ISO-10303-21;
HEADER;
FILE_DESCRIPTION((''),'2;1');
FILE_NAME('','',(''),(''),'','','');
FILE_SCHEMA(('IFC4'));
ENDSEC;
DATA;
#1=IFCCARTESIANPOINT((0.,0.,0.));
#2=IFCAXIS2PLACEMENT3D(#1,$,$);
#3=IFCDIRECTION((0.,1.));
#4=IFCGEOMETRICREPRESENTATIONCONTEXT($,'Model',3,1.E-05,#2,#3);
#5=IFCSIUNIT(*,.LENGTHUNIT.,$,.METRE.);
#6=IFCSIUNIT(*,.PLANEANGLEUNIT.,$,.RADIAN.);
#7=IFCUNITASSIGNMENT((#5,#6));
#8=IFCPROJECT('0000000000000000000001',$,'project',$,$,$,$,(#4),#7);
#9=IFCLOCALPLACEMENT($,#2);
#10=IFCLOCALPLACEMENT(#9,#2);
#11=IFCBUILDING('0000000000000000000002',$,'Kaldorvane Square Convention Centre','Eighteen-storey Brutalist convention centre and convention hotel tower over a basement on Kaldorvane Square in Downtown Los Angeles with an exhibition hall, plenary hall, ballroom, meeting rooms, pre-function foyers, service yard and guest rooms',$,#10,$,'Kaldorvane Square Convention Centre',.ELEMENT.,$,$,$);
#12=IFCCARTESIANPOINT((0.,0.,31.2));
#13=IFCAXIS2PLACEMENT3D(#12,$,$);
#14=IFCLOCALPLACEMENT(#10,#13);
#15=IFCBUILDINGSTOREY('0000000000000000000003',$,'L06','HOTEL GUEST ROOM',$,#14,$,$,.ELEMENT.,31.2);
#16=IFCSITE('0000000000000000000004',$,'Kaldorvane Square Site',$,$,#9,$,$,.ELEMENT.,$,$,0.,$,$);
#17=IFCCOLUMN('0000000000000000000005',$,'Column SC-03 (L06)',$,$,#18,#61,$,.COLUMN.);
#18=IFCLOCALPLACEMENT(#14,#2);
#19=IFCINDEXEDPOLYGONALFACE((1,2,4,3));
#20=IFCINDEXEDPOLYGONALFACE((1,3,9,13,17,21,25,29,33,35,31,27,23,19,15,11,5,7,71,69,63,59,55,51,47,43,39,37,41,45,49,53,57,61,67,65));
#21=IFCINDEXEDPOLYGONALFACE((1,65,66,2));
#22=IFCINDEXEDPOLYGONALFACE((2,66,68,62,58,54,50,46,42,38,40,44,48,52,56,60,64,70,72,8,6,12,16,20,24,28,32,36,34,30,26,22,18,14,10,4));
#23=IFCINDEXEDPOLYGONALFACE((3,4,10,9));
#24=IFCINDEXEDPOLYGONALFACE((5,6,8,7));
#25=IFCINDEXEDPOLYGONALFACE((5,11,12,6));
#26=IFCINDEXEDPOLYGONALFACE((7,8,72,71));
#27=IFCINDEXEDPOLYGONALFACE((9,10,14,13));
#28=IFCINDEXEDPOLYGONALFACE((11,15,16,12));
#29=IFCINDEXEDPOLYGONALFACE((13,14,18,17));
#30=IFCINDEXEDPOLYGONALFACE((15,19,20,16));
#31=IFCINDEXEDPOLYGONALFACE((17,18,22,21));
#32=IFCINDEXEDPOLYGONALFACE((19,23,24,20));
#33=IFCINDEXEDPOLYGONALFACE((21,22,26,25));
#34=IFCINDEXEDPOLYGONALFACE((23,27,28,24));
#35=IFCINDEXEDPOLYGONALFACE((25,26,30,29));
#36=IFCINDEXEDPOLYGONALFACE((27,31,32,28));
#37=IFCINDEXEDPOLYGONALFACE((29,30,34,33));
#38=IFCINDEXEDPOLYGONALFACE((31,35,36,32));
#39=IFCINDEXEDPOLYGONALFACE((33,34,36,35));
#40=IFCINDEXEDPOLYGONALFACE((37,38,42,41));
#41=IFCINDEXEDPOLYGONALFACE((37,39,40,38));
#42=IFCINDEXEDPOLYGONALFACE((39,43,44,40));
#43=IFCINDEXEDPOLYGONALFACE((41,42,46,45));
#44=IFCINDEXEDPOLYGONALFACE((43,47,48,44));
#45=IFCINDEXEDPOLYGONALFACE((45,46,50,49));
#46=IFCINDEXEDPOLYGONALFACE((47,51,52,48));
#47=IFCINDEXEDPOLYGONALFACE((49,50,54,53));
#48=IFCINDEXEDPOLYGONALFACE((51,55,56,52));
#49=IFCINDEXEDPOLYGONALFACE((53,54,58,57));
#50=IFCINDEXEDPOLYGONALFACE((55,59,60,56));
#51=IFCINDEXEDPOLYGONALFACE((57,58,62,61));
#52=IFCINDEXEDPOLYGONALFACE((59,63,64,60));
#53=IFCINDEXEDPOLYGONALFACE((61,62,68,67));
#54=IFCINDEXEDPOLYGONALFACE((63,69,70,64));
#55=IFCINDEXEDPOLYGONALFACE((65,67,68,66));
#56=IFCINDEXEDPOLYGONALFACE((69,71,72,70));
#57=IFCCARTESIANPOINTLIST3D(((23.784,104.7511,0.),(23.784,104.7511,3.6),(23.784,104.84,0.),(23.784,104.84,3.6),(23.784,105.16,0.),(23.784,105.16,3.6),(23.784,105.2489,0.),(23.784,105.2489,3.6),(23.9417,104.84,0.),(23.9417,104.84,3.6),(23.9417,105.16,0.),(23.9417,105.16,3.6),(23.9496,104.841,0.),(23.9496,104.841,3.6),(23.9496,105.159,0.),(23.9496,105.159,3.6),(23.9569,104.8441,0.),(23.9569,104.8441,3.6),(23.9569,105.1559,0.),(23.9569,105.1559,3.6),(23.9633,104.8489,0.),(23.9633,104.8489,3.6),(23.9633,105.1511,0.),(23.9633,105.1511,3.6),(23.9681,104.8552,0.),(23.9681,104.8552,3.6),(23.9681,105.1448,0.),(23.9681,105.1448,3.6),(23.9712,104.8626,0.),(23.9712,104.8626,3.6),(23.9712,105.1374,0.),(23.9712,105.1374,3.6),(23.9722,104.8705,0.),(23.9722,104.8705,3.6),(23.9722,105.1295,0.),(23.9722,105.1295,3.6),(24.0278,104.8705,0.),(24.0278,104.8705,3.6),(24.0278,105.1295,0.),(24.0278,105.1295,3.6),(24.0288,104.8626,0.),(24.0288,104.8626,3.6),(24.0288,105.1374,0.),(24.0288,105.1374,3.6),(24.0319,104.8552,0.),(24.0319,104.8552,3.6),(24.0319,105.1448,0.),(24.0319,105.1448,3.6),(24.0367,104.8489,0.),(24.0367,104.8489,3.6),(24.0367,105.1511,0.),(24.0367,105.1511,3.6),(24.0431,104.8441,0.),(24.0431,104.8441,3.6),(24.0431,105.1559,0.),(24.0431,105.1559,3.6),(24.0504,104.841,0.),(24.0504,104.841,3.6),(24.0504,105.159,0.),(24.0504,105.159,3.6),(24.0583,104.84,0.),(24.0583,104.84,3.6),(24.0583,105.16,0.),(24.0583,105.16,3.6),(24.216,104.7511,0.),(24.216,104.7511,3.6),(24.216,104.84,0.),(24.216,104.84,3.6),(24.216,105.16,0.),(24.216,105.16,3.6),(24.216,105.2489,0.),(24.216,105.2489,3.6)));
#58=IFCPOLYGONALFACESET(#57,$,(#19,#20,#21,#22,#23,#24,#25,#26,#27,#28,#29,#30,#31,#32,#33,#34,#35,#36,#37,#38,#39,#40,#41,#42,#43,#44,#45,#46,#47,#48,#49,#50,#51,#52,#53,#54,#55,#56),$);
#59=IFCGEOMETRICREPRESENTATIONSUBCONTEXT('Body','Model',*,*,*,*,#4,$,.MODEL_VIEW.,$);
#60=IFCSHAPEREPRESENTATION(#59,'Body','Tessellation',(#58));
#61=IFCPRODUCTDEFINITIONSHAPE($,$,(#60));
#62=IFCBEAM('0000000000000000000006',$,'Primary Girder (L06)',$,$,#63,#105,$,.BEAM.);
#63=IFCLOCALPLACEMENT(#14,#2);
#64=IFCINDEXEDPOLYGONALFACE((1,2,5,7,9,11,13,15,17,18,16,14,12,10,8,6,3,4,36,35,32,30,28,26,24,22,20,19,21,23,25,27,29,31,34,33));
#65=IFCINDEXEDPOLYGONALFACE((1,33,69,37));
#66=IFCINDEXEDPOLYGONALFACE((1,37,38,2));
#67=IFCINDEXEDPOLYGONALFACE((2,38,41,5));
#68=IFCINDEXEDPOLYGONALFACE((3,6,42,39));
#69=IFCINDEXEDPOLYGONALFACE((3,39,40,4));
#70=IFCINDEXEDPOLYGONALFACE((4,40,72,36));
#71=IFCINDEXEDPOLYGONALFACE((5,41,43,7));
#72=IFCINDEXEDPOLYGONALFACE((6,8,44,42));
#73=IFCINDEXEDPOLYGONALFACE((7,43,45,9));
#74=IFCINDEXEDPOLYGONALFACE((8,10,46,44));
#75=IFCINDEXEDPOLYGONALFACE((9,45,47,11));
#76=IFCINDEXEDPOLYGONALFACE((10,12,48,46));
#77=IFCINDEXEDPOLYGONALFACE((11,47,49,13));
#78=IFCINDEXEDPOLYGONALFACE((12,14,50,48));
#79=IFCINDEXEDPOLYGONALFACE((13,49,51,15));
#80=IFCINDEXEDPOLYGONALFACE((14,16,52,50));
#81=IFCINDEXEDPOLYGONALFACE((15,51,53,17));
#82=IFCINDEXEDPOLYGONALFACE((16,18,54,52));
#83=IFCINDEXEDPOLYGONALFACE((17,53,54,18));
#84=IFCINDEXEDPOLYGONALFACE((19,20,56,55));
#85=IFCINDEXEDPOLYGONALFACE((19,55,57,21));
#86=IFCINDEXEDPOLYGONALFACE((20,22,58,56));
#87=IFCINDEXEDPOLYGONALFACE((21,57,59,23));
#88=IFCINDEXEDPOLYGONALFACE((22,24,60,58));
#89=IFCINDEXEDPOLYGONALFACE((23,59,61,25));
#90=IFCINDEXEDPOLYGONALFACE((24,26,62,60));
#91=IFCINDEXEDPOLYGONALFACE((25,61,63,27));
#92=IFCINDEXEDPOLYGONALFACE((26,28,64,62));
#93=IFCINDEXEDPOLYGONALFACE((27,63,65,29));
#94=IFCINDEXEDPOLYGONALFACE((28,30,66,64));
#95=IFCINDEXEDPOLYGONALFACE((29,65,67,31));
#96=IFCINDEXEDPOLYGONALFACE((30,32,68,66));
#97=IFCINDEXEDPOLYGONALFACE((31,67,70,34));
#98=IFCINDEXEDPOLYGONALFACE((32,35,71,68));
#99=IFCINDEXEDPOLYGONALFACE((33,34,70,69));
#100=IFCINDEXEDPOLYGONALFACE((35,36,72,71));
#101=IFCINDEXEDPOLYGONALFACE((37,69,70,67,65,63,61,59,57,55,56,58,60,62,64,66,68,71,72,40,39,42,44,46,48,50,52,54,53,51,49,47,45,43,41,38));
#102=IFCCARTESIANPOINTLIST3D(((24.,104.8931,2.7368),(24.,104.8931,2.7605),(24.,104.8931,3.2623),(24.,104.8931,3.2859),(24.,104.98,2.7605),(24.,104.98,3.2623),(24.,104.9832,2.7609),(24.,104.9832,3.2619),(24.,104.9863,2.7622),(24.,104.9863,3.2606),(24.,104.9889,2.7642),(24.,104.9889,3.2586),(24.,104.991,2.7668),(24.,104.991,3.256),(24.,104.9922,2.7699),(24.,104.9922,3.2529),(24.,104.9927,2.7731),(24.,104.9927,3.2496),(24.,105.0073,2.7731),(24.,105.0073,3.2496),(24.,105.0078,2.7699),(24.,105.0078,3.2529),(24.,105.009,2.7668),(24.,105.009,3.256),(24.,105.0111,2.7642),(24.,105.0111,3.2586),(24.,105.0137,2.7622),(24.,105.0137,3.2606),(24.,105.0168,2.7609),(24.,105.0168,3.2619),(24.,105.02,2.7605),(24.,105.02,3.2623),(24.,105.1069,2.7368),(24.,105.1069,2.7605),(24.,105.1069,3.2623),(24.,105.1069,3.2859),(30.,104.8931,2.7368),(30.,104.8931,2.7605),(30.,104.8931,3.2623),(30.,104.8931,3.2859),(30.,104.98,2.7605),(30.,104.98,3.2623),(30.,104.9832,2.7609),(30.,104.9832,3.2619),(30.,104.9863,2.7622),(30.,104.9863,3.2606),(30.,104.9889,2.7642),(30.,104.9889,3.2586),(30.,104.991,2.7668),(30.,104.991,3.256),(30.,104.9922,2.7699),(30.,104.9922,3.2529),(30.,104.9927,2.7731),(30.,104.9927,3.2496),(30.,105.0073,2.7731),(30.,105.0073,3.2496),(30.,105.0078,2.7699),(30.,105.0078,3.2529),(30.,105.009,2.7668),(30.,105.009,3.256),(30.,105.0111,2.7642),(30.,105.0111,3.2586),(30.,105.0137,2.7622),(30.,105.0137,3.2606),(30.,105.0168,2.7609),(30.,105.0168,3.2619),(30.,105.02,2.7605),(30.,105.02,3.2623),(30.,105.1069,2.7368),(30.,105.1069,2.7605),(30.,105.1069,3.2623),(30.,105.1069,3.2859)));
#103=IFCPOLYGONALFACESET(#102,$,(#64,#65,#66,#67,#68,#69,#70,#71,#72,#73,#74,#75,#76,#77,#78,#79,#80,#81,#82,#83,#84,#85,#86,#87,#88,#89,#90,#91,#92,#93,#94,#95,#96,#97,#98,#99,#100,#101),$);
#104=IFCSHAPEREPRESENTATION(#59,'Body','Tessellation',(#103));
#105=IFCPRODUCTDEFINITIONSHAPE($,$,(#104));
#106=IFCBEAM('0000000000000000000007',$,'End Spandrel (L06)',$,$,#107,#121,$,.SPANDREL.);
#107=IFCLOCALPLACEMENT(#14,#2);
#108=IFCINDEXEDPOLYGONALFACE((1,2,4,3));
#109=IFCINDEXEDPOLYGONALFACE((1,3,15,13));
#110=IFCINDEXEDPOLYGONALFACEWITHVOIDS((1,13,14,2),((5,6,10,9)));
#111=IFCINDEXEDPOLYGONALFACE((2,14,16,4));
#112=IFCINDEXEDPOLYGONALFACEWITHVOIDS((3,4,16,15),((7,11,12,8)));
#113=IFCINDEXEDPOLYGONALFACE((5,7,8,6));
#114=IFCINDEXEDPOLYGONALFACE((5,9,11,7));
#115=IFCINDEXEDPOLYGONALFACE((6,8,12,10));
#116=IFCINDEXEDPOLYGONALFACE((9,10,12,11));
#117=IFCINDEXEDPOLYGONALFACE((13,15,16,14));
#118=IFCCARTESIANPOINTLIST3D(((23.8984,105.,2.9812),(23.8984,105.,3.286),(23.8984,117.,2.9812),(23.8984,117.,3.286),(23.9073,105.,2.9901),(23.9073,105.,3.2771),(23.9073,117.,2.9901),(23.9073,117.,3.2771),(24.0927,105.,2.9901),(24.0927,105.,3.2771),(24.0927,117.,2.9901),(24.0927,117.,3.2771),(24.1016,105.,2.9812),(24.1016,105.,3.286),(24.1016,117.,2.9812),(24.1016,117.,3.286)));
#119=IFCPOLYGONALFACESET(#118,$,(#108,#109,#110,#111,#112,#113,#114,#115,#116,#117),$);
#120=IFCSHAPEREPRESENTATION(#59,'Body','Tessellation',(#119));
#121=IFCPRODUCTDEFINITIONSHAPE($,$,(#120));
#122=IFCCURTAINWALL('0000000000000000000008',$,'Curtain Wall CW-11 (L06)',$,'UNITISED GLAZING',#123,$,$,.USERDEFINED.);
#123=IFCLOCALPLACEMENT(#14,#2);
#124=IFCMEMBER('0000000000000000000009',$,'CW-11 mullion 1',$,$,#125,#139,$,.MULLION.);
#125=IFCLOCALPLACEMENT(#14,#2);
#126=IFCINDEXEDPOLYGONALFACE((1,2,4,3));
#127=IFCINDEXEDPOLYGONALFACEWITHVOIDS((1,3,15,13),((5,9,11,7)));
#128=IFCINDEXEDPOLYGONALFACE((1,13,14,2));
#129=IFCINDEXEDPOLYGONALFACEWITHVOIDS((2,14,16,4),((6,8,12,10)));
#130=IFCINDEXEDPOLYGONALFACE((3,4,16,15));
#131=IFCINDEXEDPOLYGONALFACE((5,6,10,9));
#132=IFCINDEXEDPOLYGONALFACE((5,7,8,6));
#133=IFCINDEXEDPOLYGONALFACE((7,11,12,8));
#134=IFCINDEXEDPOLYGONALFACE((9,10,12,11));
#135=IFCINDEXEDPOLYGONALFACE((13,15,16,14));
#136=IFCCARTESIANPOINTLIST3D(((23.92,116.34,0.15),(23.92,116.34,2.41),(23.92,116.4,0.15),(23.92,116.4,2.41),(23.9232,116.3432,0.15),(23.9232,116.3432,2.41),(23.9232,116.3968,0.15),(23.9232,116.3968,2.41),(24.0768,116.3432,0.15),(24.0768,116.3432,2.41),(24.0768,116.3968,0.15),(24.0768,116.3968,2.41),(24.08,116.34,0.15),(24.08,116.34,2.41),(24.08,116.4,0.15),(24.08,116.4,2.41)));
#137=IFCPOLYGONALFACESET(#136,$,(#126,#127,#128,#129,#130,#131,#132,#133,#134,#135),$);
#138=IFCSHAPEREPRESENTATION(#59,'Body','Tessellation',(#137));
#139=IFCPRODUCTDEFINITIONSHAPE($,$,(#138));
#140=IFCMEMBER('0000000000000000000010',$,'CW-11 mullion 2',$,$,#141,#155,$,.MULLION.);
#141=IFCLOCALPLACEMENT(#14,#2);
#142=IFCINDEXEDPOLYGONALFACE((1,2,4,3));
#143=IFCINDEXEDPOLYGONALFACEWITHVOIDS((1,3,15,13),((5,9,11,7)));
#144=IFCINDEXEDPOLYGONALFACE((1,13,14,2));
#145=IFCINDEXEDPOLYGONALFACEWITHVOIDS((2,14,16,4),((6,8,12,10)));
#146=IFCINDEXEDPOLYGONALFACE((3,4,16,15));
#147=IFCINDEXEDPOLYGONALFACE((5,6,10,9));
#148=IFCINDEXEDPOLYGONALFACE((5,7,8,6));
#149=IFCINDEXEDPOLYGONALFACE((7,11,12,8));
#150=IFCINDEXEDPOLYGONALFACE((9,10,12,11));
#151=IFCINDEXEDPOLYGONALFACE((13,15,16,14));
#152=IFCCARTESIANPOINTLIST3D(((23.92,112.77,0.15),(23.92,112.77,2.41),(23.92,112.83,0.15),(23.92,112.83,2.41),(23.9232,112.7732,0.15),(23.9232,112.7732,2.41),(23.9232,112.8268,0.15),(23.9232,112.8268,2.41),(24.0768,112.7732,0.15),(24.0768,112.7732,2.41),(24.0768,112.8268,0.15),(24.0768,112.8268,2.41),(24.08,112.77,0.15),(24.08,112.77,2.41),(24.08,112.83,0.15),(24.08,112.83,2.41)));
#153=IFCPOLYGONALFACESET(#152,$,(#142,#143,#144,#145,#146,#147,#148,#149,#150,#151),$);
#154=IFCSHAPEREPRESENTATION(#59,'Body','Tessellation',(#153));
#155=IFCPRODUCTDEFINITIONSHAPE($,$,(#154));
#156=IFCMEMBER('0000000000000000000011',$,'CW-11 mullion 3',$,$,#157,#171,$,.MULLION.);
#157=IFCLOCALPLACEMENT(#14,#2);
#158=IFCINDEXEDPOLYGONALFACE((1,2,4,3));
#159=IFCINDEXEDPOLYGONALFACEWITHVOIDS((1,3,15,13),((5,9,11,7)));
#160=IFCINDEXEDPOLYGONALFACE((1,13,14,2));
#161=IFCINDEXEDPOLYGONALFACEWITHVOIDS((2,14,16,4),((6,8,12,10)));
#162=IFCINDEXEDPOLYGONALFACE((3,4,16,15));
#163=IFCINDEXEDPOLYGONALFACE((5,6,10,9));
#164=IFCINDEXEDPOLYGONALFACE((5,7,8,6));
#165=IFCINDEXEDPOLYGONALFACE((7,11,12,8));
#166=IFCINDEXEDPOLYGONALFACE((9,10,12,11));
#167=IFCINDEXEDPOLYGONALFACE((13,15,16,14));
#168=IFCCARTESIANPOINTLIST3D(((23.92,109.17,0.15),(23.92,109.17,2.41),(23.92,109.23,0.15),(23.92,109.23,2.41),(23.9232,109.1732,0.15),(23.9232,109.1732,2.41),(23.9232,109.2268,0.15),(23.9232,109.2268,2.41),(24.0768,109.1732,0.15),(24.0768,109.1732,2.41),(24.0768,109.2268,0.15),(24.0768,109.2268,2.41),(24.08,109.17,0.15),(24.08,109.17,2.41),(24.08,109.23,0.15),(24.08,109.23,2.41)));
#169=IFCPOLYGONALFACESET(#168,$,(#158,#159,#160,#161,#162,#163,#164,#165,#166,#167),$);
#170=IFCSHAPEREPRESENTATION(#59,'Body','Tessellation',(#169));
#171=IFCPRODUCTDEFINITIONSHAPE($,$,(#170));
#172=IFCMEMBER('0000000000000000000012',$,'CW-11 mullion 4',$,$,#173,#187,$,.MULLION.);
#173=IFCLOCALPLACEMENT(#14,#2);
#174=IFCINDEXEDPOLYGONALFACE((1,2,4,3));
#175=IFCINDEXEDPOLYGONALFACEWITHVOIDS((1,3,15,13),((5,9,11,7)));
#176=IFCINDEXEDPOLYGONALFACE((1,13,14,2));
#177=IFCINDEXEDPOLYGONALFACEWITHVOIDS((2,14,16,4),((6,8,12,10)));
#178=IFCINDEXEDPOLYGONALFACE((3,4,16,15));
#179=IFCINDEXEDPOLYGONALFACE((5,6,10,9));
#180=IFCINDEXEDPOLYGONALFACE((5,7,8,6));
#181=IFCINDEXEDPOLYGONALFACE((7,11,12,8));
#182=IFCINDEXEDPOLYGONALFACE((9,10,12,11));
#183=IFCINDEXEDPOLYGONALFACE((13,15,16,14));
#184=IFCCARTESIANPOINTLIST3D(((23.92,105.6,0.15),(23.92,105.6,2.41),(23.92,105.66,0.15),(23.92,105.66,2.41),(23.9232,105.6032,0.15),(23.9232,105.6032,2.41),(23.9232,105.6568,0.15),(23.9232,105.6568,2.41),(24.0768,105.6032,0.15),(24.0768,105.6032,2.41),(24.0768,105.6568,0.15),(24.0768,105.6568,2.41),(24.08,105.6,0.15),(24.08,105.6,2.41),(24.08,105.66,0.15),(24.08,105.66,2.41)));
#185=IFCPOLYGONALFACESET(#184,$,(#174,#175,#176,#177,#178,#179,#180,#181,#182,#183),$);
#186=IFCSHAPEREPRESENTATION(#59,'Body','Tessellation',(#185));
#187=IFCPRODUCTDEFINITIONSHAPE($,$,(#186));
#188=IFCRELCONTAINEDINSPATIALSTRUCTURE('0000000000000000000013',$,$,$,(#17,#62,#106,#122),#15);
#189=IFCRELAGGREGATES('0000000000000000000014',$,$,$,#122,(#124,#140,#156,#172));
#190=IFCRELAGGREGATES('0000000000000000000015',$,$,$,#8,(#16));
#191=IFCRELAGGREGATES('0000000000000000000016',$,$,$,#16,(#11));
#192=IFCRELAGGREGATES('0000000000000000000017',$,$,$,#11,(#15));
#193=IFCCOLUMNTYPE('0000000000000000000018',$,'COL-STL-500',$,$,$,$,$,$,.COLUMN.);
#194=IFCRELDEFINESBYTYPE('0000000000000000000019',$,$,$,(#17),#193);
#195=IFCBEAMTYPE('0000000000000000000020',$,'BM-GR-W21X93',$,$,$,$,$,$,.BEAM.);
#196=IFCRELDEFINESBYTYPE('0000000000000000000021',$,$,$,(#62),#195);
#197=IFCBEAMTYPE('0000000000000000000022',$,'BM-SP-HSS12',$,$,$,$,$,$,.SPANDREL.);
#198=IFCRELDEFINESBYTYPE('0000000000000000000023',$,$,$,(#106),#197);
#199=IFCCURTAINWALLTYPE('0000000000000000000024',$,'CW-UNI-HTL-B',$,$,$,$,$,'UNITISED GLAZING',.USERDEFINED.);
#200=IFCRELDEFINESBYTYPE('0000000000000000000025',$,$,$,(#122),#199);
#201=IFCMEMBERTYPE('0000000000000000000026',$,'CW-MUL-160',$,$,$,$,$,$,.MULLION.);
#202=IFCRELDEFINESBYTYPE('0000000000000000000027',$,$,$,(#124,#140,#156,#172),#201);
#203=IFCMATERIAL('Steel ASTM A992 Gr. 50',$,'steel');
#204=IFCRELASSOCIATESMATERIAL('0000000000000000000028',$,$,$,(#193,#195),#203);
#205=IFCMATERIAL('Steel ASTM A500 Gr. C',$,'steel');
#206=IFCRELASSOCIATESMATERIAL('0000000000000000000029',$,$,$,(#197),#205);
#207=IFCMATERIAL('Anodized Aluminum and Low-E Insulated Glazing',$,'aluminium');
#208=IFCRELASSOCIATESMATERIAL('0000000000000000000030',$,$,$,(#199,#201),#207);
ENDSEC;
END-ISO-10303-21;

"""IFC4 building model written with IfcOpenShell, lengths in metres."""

from ifc_helpers import new_model, si_unit, direction, frame, origin, origin_2d, place, context, subcontext, project, spatial, hollow_rectangle, i_section, extrude, material, material_profile, profile_set, type_object, element, aggregate, save


model = new_model("IFC4")

# Units and contexts
model_context = context("Model", 3, precision=1e-05, world=origin(), true_north=direction((0.0, 1.0)))
body_context = subcontext(model_context, "Body", "Model", "MODEL_VIEW")
ifc_project = project(units=[si_unit("LENGTHUNIT", "METRE"), si_unit("PLANEANGLEUNIT", "RADIAN")], contexts=[model_context])

# Site, building, storey
site_placement = place(None, origin())
site = spatial("IfcSite", under=ifc_project, at=site_placement, Name="Kaldorvane Square Site", CompositionType="ELEMENT", RefElevation=0.0)
building_placement = place(site_placement, origin())
building = spatial("IfcBuilding", under=site, at=building_placement, Name="Kaldorvane Square Convention Centre", Description="Eighteen-storey Brutalist convention centre and convention hotel tower over a basement on Kaldorvane Square in Downtown Los Angeles with an exhibition hall, plenary hall, ballroom, meeting rooms, pre-function foyers, service yard and guest rooms", LongName="Kaldorvane Square Convention Centre", CompositionType="ELEMENT")
storey_placement = place(building_placement, frame((0.0, 0.0, 31.2)))
storey = spatial("IfcBuildingStorey", under=building, at=storey_placement, Name="L06", Description="HOTEL GUEST ROOM", CompositionType="ELEMENT", Elevation=31.2)

# Column
ifc_material_1 = material(Name="Steel ASTM A992 Gr. 50", Category="steel")
ifc_material_profile_1 = material_profile(ifc_material_1, i_section(OverallWidth=0.4321, OverallDepth=0.4978, WebThickness=0.0556, FlangeThickness=0.0889, FilletRadius=0.0305, at=origin_2d()), Name="W14X500")
ifc_profile_set_1 = profile_set([ifc_material_profile_1], Name="Steel ASTM A992 Gr. 50")
column_type = type_object("IfcColumnType", Name="COL-STL-500", PredefinedType="COLUMN", material=ifc_profile_set_1)
column_placement = place(storey_placement, frame((24.0, 105.0, 0.0), z_axis=(0.0, 0.0, 1.0), x_axis=(1.0, 0.0, 0.0)))
element("IfcColumn", 1, at=column_placement, inside=storey, type_object=column_type, Name="Column SC-03 (L06)", PredefinedType="COLUMN", context=body_context, shape_type="SweptSolid", body=[
    extrude(i_section(OverallWidth=0.4321, OverallDepth=0.4978, WebThickness=0.0556, FlangeThickness=0.0889, FilletRadius=0.0305, at=origin_2d()), origin(), (0.0, 0.0, 1.0), 3.6),
])

# Beams
ifc_material_profile_2 = material_profile(ifc_material_1, i_section(OverallWidth=0.2139, OverallDepth=0.5491, WebThickness=0.0147, FlangeThickness=0.0236, FilletRadius=0.0127, at=origin_2d()), Name="W21X93")
ifc_profile_set_2 = profile_set([ifc_material_profile_2], Name="Steel ASTM A992 Gr. 50")
beam_type_1 = type_object("IfcBeamType", Name="BM-GR-W21X93", PredefinedType="BEAM", material=ifc_profile_set_2)
beam_1_placement = place(storey_placement, frame((24.0, 105.0, 3.0114), z_axis=(1.0, 0.0, 0.0), x_axis=(0.0, 1.0, 0.0)))
element("IfcBeam", 2, at=beam_1_placement, inside=storey, type_object=beam_type_1, Name="Primary Girder (L06)", PredefinedType="BEAM", context=body_context, shape_type="SweptSolid", body=[
    extrude(i_section(OverallWidth=0.2139, OverallDepth=0.5491, WebThickness=0.0147, FlangeThickness=0.0236, FilletRadius=0.0127, at=origin_2d()), origin(), (0.0, 0.0, 1.0), 6.0),
])
ifc_material_2 = material(Name="Steel ASTM A500 Gr. C", Category="steel")
ifc_material_profile_3 = material_profile(ifc_material_2, hollow_rectangle(XDim=0.2032, YDim=0.3048, WallThickness=0.0089, at=origin_2d()), Name="HSS12X8X3/8")
ifc_profile_set_3 = profile_set([ifc_material_profile_3], Name="Steel ASTM A500 Gr. C")
beam_type_2 = type_object("IfcBeamType", Name="BM-SP-HSS12", PredefinedType="SPANDREL", material=ifc_profile_set_3)
beam_2_placement = place(storey_placement, frame((24.0, 105.0, 3.1336), z_axis=(0.0, 1.0, 0.0), x_axis=(-1.0, 0.0, 0.0)))
element("IfcBeam", 3, at=beam_2_placement, inside=storey, type_object=beam_type_2, Name="End Spandrel (L06)", PredefinedType="SPANDREL", context=body_context, shape_type="SweptSolid", body=[
    extrude(hollow_rectangle(XDim=0.2032, YDim=0.3048, WallThickness=0.0089, at=origin_2d()), origin(), (0.0, 0.0, 1.0), 12.0),
])

# Curtain wall, members
ifc_material_3 = material(Name="Anodized Aluminum and Low-E Insulated Glazing", Category="aluminium")
curtain_wall_type = type_object("IfcCurtainWallType", Name="CW-UNI-HTL-B", ElementType="UNITISED GLAZING", PredefinedType="USERDEFINED", material=ifc_material_3)
curtain_wall_placement = place(storey_placement, origin())
curtain_wall = element("IfcCurtainWall", 4, at=curtain_wall_placement, inside=storey, type_object=curtain_wall_type, Name="Curtain Wall CW-11 (L06)", ObjectType="UNITISED GLAZING", PredefinedType="USERDEFINED")
ifc_material_profile_4 = material_profile(ifc_material_3, hollow_rectangle(XDim=0.06, YDim=0.16, WallThickness=0.0032, at=origin_2d()), Name="CWM-160X60")
ifc_profile_set_4 = profile_set([ifc_material_profile_4], Name="Anodized Aluminum and Low-E Insulated Glazing")
member_type_1 = type_object("IfcMemberType", Name="CW-MUL-160", PredefinedType="MULLION", material=ifc_profile_set_4)
member_1_placement = place(storey_placement, frame((24.0, 116.37, 0.15), z_axis=(0.0, 0.0, 1.0), x_axis=(0.0, -1.0, 0.0)))
member_1 = element("IfcMember", 5, at=member_1_placement, type_object=member_type_1, Name="CW-11 mullion 1", PredefinedType="MULLION", context=body_context, shape_type="SweptSolid", body=[
    extrude(hollow_rectangle(XDim=0.06, YDim=0.16, WallThickness=0.0032, at=origin_2d()), origin(), (0.0, 0.0, 1.0), 2.26),
])
member_2_placement = place(storey_placement, frame((24.0, 112.8, 0.15), z_axis=(0.0, 0.0, 1.0), x_axis=(0.0, -1.0, 0.0)))
member_2 = element("IfcMember", 6, at=member_2_placement, type_object=member_type_1, Name="CW-11 mullion 2", PredefinedType="MULLION", context=body_context, shape_type="SweptSolid", body=[
    extrude(hollow_rectangle(XDim=0.06, YDim=0.16, WallThickness=0.0032, at=origin_2d()), origin(), (0.0, 0.0, 1.0), 2.26),
])
member_3_placement = place(storey_placement, frame((24.0, 109.2, 0.15), z_axis=(0.0, 0.0, 1.0), x_axis=(0.0, -1.0, 0.0)))
member_3 = element("IfcMember", 7, at=member_3_placement, type_object=member_type_1, Name="CW-11 mullion 3", PredefinedType="MULLION", context=body_context, shape_type="SweptSolid", body=[
    extrude(hollow_rectangle(XDim=0.06, YDim=0.16, WallThickness=0.0032, at=origin_2d()), origin(), (0.0, 0.0, 1.0), 2.26),
])
member_4_placement = place(storey_placement, frame((24.0, 105.63, 0.15), z_axis=(0.0, 0.0, 1.0), x_axis=(0.0, -1.0, 0.0)))
member_4 = element("IfcMember", 8, at=member_4_placement, type_object=member_type_1, Name="CW-11 mullion 4", PredefinedType="MULLION", context=body_context, shape_type="SweptSolid", body=[
    extrude(hollow_rectangle(XDim=0.06, YDim=0.16, WallThickness=0.0032, at=origin_2d()), origin(), (0.0, 0.0, 1.0), 2.26),
])
aggregate(curtain_wall, [member_1, member_2, member_3, member_4])

save(model, "model.ifc")
